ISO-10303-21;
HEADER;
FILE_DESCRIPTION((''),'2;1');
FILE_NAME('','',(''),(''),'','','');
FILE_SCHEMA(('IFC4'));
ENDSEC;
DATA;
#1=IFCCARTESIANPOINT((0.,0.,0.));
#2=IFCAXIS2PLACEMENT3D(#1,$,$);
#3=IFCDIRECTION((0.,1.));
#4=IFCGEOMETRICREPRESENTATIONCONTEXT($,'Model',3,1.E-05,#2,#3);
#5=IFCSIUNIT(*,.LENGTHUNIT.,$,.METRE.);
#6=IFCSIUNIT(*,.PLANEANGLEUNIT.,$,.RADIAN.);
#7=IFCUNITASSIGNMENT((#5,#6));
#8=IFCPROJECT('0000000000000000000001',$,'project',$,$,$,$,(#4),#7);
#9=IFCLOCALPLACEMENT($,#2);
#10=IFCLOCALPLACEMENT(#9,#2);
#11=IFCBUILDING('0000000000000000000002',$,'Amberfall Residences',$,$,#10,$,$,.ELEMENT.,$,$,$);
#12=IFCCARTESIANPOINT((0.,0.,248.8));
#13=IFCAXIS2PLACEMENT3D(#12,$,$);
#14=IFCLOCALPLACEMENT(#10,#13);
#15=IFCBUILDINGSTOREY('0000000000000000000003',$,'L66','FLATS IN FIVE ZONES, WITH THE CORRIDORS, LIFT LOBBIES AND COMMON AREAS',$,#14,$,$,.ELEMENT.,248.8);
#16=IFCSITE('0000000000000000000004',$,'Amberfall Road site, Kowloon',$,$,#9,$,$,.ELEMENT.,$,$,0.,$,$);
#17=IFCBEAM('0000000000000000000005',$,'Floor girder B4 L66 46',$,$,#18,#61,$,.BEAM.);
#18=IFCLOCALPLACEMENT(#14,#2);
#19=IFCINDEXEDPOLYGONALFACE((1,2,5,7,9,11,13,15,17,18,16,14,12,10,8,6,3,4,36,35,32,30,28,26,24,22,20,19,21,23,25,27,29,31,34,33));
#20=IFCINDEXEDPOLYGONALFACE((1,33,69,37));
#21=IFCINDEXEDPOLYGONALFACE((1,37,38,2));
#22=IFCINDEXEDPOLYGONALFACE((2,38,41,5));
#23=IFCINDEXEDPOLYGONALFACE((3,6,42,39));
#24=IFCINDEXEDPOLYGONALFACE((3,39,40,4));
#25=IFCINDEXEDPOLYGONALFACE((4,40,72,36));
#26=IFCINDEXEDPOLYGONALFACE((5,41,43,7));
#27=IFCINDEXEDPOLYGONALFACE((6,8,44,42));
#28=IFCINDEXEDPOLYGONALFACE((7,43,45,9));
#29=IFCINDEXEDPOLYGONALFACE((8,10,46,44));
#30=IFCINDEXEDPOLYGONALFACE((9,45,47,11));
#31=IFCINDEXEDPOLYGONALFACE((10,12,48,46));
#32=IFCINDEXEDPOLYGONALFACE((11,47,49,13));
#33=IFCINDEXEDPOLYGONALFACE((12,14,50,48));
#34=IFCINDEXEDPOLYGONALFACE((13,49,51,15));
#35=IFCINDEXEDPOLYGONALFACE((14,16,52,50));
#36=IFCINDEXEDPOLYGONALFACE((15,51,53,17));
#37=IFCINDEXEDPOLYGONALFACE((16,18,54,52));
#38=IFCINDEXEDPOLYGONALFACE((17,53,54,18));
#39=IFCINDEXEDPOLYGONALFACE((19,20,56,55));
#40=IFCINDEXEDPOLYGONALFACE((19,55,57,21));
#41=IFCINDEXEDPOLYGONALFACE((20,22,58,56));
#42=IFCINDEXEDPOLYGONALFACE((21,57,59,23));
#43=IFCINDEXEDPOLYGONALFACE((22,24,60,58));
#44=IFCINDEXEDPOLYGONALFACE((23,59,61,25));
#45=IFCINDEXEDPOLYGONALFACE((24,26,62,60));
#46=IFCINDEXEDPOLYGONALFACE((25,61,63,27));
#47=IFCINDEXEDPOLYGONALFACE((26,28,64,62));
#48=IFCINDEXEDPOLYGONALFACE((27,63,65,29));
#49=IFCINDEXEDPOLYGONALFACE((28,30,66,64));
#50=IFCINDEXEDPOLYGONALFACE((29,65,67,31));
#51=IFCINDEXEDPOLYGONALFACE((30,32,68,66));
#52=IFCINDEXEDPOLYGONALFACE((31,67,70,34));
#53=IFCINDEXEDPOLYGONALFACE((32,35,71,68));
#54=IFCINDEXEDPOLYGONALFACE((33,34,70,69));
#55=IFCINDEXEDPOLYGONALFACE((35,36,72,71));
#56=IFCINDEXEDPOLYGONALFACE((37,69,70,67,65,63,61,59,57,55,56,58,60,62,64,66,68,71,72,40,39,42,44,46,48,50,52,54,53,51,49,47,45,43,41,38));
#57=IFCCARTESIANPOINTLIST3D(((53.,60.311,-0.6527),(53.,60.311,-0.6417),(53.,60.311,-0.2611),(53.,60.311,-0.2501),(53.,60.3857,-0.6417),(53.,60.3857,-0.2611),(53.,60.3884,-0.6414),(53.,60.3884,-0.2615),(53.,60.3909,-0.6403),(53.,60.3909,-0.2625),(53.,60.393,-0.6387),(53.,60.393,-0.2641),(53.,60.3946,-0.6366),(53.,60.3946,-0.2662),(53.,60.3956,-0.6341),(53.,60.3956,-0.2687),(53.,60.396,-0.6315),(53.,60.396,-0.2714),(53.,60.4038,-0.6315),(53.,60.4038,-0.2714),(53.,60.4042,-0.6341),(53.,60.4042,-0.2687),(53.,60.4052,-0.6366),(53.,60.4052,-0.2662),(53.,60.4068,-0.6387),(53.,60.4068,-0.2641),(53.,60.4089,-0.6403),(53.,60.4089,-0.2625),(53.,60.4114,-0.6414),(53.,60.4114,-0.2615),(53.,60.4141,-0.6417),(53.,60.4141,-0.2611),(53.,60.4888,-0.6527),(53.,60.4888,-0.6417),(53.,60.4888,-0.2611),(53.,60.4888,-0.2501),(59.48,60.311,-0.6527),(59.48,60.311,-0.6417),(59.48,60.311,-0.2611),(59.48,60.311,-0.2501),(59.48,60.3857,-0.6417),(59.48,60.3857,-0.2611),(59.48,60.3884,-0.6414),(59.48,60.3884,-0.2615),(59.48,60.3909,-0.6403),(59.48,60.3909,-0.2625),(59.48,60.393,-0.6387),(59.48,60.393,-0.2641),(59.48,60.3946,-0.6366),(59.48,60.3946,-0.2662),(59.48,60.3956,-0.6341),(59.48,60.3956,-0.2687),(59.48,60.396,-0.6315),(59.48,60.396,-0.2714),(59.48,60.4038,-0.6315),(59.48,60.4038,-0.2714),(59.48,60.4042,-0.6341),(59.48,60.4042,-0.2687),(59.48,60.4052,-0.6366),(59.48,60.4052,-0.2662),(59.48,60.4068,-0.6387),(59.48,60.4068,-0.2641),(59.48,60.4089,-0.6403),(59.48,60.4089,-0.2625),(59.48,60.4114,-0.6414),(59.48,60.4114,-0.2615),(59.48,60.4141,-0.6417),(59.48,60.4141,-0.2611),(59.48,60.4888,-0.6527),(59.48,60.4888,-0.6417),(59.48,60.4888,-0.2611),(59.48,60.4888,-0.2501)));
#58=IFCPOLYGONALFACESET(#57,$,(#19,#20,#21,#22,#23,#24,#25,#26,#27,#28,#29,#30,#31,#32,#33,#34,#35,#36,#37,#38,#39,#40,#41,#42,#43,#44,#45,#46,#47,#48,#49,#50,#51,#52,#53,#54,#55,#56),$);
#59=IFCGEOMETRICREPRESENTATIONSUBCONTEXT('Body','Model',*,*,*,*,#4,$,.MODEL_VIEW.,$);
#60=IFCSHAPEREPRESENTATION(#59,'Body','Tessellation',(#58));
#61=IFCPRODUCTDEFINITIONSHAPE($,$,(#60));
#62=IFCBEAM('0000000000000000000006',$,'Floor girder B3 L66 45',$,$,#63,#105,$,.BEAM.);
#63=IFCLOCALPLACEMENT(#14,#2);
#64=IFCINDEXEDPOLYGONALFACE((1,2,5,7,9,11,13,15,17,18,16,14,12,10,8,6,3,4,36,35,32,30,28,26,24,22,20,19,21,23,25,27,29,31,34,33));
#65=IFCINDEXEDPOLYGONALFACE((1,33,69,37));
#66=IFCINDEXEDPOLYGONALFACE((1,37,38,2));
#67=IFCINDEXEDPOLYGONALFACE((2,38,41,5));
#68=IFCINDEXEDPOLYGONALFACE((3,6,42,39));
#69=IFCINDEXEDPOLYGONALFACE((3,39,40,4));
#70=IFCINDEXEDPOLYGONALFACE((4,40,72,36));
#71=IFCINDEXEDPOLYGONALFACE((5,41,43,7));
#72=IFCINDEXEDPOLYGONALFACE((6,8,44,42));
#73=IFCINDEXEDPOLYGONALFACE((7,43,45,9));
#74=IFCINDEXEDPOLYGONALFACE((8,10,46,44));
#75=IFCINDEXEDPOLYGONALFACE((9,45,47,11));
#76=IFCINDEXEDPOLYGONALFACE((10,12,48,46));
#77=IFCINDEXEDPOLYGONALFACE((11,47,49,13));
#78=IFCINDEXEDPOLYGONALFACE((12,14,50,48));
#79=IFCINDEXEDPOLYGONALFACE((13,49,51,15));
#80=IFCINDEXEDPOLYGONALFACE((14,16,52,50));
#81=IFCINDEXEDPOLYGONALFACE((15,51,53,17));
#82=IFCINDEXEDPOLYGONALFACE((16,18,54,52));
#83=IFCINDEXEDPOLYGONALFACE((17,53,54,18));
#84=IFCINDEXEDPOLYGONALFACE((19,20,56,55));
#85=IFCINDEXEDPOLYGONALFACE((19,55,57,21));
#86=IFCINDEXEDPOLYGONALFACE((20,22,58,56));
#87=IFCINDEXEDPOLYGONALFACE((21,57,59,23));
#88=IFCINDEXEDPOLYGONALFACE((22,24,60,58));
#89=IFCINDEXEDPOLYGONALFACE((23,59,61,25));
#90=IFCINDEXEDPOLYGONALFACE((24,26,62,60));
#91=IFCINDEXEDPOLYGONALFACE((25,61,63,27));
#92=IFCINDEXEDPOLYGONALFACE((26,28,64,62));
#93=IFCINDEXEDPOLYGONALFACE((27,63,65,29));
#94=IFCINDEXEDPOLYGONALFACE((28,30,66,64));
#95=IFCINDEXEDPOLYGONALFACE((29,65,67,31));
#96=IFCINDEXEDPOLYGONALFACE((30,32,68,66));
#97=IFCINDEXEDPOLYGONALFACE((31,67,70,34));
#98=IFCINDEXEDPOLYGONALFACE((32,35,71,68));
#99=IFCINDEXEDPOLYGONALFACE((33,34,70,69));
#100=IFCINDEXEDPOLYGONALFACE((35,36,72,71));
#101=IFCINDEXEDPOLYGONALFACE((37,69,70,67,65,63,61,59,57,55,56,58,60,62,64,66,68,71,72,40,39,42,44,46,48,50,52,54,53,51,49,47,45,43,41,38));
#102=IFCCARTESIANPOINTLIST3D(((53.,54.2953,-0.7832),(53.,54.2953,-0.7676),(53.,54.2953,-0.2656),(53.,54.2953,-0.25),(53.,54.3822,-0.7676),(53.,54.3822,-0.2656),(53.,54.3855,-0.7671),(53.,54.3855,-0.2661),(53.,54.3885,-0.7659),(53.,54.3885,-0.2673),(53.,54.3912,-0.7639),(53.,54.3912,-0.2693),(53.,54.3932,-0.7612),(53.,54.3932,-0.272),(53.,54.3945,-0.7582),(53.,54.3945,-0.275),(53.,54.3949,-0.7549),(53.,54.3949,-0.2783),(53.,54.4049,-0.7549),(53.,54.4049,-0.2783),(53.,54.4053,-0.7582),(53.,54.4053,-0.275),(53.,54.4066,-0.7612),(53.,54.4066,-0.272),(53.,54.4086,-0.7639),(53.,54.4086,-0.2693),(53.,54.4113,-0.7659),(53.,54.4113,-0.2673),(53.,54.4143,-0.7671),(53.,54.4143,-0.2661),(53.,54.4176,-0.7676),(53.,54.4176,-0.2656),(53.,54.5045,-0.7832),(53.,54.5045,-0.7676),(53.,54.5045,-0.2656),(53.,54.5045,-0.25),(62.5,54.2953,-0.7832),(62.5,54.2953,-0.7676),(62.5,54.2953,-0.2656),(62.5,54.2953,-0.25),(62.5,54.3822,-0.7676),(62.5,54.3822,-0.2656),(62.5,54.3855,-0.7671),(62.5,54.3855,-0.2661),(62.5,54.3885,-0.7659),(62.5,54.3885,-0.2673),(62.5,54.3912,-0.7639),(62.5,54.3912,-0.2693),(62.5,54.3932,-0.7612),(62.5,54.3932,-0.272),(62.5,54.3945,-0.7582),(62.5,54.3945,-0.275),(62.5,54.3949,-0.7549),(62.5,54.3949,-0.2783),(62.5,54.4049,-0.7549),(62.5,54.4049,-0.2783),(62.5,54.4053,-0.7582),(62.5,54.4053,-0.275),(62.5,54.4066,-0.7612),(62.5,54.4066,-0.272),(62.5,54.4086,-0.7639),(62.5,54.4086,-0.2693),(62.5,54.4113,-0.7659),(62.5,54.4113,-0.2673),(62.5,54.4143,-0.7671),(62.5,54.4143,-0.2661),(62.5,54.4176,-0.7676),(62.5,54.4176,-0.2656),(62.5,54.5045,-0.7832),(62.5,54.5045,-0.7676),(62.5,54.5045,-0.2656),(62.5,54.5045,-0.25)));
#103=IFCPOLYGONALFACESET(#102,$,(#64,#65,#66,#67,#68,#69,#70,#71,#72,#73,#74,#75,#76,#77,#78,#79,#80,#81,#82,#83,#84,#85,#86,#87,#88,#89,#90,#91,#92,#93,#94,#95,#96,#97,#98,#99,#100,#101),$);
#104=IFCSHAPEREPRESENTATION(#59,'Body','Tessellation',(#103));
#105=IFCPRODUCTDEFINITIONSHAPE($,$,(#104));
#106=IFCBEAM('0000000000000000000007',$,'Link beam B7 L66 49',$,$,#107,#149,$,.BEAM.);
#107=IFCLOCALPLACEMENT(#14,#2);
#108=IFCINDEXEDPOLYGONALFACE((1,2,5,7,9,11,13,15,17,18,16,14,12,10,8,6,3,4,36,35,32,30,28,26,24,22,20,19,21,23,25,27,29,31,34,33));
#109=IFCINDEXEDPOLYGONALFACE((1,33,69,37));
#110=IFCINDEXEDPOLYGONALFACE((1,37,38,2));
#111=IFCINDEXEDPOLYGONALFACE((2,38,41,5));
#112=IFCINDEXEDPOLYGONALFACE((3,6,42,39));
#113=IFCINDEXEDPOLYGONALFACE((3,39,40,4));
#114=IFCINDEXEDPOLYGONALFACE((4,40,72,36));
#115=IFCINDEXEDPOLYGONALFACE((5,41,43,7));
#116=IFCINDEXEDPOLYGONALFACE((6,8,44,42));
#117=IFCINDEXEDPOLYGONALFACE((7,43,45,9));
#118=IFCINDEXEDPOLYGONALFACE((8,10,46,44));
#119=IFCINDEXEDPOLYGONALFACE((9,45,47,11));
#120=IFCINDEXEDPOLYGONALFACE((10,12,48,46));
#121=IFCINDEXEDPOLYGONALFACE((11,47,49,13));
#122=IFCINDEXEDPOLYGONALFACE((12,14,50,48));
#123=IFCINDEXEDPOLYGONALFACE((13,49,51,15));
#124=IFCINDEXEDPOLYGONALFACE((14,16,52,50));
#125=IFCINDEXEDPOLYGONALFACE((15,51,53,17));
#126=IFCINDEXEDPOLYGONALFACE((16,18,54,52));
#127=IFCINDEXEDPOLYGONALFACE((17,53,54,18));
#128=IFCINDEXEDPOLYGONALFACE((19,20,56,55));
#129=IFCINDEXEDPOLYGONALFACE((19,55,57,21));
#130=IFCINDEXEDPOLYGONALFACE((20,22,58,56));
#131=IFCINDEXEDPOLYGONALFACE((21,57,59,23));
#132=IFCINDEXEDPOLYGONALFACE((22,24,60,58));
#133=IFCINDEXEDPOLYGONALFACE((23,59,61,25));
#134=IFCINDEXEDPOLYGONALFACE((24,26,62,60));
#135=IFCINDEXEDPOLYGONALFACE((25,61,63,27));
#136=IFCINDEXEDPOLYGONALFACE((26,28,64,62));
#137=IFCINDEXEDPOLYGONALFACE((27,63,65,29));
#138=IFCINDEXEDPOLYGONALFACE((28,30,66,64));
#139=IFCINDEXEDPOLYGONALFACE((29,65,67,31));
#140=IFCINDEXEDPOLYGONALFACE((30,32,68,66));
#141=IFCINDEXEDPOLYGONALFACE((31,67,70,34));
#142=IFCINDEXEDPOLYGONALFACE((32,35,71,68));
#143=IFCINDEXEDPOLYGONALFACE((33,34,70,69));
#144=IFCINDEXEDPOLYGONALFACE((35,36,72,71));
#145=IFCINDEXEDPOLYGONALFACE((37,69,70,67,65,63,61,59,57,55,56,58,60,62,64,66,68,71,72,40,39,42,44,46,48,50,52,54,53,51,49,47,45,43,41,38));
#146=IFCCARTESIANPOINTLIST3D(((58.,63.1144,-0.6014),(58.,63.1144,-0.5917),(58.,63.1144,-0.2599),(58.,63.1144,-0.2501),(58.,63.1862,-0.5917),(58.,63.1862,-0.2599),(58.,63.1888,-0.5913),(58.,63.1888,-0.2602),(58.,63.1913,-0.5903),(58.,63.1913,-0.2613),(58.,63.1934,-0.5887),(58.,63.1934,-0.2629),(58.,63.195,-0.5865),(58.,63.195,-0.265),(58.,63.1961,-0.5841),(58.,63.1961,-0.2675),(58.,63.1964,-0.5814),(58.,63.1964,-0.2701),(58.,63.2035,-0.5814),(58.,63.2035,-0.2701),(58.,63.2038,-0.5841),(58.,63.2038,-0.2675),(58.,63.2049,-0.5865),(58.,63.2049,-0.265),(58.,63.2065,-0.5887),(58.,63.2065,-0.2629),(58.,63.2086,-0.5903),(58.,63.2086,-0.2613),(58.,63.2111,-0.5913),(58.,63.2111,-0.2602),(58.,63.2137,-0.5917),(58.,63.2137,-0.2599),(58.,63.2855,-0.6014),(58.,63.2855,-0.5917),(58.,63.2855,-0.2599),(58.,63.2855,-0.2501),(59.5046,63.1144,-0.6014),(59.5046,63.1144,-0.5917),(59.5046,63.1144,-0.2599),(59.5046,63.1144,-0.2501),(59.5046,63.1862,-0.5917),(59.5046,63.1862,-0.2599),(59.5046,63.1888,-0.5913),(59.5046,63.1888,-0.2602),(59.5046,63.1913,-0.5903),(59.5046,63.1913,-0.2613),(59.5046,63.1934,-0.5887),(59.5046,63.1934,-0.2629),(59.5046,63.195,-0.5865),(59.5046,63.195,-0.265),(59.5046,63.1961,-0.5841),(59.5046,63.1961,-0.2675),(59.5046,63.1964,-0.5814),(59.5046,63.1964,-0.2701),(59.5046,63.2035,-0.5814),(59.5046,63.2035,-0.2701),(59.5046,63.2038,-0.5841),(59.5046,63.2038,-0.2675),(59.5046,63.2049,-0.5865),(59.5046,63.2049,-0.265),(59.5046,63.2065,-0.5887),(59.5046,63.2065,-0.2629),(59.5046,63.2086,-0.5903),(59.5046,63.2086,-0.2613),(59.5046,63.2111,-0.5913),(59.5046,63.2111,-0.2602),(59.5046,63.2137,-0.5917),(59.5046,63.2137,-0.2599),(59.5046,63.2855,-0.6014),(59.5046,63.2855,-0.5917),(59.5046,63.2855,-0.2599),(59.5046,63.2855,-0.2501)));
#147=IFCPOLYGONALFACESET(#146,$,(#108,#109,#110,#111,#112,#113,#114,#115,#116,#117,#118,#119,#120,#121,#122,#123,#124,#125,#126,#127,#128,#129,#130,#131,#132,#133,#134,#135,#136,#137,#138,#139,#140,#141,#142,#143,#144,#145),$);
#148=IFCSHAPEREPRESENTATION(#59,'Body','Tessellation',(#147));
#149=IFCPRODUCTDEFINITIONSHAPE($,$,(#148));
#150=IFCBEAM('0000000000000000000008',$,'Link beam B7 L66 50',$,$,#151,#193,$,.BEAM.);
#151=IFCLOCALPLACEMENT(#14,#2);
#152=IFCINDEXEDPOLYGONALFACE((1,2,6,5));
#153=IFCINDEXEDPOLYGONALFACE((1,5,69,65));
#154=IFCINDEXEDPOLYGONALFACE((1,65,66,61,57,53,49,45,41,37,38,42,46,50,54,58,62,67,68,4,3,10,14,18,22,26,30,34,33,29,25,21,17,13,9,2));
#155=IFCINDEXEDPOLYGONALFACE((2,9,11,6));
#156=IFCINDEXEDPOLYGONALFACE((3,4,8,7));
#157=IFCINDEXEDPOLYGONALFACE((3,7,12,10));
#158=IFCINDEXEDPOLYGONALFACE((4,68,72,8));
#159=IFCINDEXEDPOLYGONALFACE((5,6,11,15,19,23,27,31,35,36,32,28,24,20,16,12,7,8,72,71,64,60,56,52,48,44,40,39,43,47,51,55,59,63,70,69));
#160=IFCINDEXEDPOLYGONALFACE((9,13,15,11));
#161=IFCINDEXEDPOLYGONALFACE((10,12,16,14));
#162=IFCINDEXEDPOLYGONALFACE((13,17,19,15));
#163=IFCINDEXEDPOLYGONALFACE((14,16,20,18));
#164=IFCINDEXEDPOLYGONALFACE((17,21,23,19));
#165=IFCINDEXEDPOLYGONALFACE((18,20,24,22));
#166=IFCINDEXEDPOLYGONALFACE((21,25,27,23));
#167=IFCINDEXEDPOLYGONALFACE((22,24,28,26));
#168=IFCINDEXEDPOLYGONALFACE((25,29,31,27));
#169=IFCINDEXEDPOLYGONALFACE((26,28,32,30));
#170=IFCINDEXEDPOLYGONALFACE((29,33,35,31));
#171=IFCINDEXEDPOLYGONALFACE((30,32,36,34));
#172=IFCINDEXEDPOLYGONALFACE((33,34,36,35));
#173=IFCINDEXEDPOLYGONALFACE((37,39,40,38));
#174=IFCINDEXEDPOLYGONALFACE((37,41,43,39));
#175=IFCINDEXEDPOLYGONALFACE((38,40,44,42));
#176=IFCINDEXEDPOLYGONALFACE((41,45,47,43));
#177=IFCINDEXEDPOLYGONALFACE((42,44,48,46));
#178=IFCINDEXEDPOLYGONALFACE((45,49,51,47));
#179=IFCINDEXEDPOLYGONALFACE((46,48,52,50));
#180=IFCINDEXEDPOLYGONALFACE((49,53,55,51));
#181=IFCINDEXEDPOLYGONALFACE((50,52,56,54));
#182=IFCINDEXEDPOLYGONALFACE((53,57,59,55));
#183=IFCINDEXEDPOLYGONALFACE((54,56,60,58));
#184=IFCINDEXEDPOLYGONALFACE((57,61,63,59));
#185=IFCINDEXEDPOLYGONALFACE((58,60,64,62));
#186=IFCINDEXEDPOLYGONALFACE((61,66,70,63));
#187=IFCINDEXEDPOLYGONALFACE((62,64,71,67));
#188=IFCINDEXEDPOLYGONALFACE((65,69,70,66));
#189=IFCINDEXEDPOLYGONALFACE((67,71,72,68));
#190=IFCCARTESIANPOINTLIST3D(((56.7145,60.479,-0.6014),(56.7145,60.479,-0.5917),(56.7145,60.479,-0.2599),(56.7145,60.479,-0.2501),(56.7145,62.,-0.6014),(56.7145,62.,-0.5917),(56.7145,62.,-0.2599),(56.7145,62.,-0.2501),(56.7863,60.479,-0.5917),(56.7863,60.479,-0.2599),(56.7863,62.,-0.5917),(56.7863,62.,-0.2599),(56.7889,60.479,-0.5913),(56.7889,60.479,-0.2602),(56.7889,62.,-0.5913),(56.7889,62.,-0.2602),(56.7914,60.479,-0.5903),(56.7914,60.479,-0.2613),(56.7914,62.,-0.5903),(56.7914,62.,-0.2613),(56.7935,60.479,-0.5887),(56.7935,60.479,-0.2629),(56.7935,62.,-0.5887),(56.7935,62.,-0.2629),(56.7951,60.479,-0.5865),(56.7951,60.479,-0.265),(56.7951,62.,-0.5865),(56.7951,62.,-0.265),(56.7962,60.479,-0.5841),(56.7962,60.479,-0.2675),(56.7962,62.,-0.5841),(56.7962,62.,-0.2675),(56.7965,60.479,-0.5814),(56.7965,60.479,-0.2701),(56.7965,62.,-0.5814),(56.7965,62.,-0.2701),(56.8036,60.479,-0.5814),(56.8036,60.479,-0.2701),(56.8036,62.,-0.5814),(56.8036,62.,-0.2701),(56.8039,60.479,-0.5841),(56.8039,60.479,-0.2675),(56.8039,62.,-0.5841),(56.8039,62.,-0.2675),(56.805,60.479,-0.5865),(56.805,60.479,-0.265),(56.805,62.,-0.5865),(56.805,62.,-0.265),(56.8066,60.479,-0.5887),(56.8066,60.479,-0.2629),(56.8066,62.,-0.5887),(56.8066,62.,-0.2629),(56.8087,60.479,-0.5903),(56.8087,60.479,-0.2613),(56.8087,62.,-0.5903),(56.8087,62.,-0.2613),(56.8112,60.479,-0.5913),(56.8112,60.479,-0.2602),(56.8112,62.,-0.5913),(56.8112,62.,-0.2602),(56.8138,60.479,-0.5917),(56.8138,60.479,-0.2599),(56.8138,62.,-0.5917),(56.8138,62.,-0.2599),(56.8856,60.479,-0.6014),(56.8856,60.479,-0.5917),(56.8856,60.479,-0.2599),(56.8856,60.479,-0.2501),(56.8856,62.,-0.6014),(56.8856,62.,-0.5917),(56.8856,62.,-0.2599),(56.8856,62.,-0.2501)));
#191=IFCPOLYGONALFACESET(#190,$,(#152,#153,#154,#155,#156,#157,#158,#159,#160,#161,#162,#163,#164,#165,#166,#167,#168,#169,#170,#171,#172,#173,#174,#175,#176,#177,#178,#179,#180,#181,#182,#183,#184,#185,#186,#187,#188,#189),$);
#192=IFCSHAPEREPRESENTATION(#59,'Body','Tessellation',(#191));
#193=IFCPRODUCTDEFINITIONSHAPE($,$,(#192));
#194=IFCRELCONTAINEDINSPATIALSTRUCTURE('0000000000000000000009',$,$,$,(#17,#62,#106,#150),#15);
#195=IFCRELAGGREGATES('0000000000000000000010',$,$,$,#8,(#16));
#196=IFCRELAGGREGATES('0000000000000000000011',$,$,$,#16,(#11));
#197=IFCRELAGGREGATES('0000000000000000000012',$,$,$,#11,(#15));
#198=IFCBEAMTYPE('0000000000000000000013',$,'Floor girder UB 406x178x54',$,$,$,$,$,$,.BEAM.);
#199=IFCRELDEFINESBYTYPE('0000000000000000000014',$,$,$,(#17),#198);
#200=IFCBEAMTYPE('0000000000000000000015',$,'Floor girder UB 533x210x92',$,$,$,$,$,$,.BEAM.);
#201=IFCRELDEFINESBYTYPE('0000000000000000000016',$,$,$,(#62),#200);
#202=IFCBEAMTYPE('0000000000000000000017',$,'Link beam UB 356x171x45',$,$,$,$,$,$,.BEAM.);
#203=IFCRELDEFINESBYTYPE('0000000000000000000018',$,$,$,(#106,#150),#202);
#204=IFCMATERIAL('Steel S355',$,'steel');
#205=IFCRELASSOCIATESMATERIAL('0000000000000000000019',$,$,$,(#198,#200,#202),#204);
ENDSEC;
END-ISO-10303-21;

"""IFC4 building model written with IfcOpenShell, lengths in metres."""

from ifc_helpers import new_model, si_unit, direction, frame, origin, origin_2d, place, context, subcontext, project, spatial, i_section, extrude, material, material_profile, profile_set, type_object, element, save


model = new_model("IFC4")

# Units and contexts
model_context = context("Model", 3, precision=1e-05, world=origin(), true_north=direction((0.0, 1.0)))
body_context = subcontext(model_context, "Body", "Model", "MODEL_VIEW")
ifc_project = project(units=[si_unit("LENGTHUNIT", "METRE"), si_unit("PLANEANGLEUNIT", "RADIAN")], contexts=[model_context])

# Site, building, storey
site_placement = place(None, origin())
site = spatial("IfcSite", under=ifc_project, at=site_placement, Name="Amberfall Road site, Kowloon", CompositionType="ELEMENT", RefElevation=0.0)
building_placement = place(site_placement, origin())
building = spatial("IfcBuilding", under=site, at=building_placement, Name="Amberfall Residences", CompositionType="ELEMENT")
storey_placement = place(building_placement, frame((0.0, 0.0, 248.8)))
storey = spatial("IfcBuildingStorey", under=building, at=storey_placement, Name="L66", Description="FLATS IN FIVE ZONES, WITH THE CORRIDORS, LIFT LOBBIES AND COMMON AREAS", CompositionType="ELEMENT", Elevation=248.8)

# Shared definitions
ifc_material_1 = material(Name="Steel S355", Category="steel")

# Beams
ifc_material_profile_1 = material_profile(ifc_material_1, i_section(OverallWidth=0.1777, OverallDepth=0.4026, WebThickness=0.0078, FlangeThickness=0.011, FilletRadius=0.0103, at=origin_2d()), Name="UB 406x178x54")
ifc_profile_set_1 = profile_set([ifc_material_profile_1], Name="Steel S355")
beam_type_1 = type_object("IfcBeamType", Name="Floor girder UB 406x178x54", PredefinedType="BEAM", material=ifc_profile_set_1)
beam_1_placement = place(storey_placement, frame((53.0, 60.3999, -0.4514), z_axis=(1.0, 0.0, 0.0), x_axis=(0.0, 1.0, 0.0)))
element("IfcBeam", 1, at=beam_1_placement, inside=storey, type_object=beam_type_1, Name="Floor girder B4 L66 46", PredefinedType="BEAM", context=body_context, shape_type="SweptSolid", body=[
    extrude(i_section(OverallWidth=0.1777, OverallDepth=0.4026, WebThickness=0.0078, FlangeThickness=0.011, FilletRadius=0.0103, at=origin_2d()), origin(), (0.0, 0.0, 1.0), 6.48),
])
ifc_material_profile_2 = material_profile(ifc_material_1, i_section(OverallWidth=0.2092, OverallDepth=0.5332, WebThickness=0.01, FlangeThickness=0.0156, FilletRadius=0.0127, at=origin_2d()), Name="UB 533x210x92")
ifc_profile_set_2 = profile_set([ifc_material_profile_2], Name="Steel S355")
beam_type_2 = type_object("IfcBeamType", Name="Floor girder UB 533x210x92", PredefinedType="BEAM", material=ifc_profile_set_2)
beam_2_placement = place(storey_placement, frame((53.0, 54.3999, -0.5166), z_axis=(1.0, 0.0, 0.0), x_axis=(0.0, 1.0, 0.0)))
element("IfcBeam", 2, at=beam_2_placement, inside=storey, type_object=beam_type_2, Name="Floor girder B3 L66 45", PredefinedType="BEAM", context=body_context, shape_type="SweptSolid", body=[
    extrude(i_section(OverallWidth=0.2092, OverallDepth=0.5332, WebThickness=0.01, FlangeThickness=0.0156, FilletRadius=0.0127, at=origin_2d()), origin(), (0.0, 0.0, 1.0), 9.5),
])
ifc_material_profile_3 = material_profile(ifc_material_1, i_section(OverallWidth=0.1711, OverallDepth=0.3513, WebThickness=0.0071, FlangeThickness=0.0098, FilletRadius=0.0103, at=origin_2d()), Name="UB 356x171x45")
ifc_profile_set_3 = profile_set([ifc_material_profile_3], Name="Steel S355")
beam_type_3 = type_object("IfcBeamType", Name="Link beam UB 356x171x45", PredefinedType="BEAM", material=ifc_profile_set_3)
beam_3_placement = place(storey_placement, frame((58.0, 63.2, -0.4258), z_axis=(1.0, 0.0, 0.0), x_axis=(0.0, 1.0, 0.0)))
element("IfcBeam", 3, at=beam_3_placement, inside=storey, type_object=beam_type_3, Name="Link beam B7 L66 49", PredefinedType="BEAM", context=body_context, shape_type="SweptSolid", body=[
    extrude(i_section(OverallWidth=0.1711, OverallDepth=0.3513, WebThickness=0.0071, FlangeThickness=0.0098, FilletRadius=0.0103, at=origin_2d()), origin(), (0.0, 0.0, 1.0), 1.5046),
])
beam_4_placement = place(storey_placement, frame((56.8, 62.0, -0.4258), z_axis=(0.0, -1.0, 0.0), x_axis=(1.0, 0.0, 0.0)))
element("IfcBeam", 4, at=beam_4_placement, inside=storey, type_object=beam_type_3, Name="Link beam B7 L66 50", PredefinedType="BEAM", context=body_context, shape_type="SweptSolid", body=[
    extrude(i_section(OverallWidth=0.1711, OverallDepth=0.3513, WebThickness=0.0071, FlangeThickness=0.0098, FilletRadius=0.0103, at=origin_2d()), origin(), (0.0, 0.0, 1.0), 1.521),
])

save(model, "model.ifc")
